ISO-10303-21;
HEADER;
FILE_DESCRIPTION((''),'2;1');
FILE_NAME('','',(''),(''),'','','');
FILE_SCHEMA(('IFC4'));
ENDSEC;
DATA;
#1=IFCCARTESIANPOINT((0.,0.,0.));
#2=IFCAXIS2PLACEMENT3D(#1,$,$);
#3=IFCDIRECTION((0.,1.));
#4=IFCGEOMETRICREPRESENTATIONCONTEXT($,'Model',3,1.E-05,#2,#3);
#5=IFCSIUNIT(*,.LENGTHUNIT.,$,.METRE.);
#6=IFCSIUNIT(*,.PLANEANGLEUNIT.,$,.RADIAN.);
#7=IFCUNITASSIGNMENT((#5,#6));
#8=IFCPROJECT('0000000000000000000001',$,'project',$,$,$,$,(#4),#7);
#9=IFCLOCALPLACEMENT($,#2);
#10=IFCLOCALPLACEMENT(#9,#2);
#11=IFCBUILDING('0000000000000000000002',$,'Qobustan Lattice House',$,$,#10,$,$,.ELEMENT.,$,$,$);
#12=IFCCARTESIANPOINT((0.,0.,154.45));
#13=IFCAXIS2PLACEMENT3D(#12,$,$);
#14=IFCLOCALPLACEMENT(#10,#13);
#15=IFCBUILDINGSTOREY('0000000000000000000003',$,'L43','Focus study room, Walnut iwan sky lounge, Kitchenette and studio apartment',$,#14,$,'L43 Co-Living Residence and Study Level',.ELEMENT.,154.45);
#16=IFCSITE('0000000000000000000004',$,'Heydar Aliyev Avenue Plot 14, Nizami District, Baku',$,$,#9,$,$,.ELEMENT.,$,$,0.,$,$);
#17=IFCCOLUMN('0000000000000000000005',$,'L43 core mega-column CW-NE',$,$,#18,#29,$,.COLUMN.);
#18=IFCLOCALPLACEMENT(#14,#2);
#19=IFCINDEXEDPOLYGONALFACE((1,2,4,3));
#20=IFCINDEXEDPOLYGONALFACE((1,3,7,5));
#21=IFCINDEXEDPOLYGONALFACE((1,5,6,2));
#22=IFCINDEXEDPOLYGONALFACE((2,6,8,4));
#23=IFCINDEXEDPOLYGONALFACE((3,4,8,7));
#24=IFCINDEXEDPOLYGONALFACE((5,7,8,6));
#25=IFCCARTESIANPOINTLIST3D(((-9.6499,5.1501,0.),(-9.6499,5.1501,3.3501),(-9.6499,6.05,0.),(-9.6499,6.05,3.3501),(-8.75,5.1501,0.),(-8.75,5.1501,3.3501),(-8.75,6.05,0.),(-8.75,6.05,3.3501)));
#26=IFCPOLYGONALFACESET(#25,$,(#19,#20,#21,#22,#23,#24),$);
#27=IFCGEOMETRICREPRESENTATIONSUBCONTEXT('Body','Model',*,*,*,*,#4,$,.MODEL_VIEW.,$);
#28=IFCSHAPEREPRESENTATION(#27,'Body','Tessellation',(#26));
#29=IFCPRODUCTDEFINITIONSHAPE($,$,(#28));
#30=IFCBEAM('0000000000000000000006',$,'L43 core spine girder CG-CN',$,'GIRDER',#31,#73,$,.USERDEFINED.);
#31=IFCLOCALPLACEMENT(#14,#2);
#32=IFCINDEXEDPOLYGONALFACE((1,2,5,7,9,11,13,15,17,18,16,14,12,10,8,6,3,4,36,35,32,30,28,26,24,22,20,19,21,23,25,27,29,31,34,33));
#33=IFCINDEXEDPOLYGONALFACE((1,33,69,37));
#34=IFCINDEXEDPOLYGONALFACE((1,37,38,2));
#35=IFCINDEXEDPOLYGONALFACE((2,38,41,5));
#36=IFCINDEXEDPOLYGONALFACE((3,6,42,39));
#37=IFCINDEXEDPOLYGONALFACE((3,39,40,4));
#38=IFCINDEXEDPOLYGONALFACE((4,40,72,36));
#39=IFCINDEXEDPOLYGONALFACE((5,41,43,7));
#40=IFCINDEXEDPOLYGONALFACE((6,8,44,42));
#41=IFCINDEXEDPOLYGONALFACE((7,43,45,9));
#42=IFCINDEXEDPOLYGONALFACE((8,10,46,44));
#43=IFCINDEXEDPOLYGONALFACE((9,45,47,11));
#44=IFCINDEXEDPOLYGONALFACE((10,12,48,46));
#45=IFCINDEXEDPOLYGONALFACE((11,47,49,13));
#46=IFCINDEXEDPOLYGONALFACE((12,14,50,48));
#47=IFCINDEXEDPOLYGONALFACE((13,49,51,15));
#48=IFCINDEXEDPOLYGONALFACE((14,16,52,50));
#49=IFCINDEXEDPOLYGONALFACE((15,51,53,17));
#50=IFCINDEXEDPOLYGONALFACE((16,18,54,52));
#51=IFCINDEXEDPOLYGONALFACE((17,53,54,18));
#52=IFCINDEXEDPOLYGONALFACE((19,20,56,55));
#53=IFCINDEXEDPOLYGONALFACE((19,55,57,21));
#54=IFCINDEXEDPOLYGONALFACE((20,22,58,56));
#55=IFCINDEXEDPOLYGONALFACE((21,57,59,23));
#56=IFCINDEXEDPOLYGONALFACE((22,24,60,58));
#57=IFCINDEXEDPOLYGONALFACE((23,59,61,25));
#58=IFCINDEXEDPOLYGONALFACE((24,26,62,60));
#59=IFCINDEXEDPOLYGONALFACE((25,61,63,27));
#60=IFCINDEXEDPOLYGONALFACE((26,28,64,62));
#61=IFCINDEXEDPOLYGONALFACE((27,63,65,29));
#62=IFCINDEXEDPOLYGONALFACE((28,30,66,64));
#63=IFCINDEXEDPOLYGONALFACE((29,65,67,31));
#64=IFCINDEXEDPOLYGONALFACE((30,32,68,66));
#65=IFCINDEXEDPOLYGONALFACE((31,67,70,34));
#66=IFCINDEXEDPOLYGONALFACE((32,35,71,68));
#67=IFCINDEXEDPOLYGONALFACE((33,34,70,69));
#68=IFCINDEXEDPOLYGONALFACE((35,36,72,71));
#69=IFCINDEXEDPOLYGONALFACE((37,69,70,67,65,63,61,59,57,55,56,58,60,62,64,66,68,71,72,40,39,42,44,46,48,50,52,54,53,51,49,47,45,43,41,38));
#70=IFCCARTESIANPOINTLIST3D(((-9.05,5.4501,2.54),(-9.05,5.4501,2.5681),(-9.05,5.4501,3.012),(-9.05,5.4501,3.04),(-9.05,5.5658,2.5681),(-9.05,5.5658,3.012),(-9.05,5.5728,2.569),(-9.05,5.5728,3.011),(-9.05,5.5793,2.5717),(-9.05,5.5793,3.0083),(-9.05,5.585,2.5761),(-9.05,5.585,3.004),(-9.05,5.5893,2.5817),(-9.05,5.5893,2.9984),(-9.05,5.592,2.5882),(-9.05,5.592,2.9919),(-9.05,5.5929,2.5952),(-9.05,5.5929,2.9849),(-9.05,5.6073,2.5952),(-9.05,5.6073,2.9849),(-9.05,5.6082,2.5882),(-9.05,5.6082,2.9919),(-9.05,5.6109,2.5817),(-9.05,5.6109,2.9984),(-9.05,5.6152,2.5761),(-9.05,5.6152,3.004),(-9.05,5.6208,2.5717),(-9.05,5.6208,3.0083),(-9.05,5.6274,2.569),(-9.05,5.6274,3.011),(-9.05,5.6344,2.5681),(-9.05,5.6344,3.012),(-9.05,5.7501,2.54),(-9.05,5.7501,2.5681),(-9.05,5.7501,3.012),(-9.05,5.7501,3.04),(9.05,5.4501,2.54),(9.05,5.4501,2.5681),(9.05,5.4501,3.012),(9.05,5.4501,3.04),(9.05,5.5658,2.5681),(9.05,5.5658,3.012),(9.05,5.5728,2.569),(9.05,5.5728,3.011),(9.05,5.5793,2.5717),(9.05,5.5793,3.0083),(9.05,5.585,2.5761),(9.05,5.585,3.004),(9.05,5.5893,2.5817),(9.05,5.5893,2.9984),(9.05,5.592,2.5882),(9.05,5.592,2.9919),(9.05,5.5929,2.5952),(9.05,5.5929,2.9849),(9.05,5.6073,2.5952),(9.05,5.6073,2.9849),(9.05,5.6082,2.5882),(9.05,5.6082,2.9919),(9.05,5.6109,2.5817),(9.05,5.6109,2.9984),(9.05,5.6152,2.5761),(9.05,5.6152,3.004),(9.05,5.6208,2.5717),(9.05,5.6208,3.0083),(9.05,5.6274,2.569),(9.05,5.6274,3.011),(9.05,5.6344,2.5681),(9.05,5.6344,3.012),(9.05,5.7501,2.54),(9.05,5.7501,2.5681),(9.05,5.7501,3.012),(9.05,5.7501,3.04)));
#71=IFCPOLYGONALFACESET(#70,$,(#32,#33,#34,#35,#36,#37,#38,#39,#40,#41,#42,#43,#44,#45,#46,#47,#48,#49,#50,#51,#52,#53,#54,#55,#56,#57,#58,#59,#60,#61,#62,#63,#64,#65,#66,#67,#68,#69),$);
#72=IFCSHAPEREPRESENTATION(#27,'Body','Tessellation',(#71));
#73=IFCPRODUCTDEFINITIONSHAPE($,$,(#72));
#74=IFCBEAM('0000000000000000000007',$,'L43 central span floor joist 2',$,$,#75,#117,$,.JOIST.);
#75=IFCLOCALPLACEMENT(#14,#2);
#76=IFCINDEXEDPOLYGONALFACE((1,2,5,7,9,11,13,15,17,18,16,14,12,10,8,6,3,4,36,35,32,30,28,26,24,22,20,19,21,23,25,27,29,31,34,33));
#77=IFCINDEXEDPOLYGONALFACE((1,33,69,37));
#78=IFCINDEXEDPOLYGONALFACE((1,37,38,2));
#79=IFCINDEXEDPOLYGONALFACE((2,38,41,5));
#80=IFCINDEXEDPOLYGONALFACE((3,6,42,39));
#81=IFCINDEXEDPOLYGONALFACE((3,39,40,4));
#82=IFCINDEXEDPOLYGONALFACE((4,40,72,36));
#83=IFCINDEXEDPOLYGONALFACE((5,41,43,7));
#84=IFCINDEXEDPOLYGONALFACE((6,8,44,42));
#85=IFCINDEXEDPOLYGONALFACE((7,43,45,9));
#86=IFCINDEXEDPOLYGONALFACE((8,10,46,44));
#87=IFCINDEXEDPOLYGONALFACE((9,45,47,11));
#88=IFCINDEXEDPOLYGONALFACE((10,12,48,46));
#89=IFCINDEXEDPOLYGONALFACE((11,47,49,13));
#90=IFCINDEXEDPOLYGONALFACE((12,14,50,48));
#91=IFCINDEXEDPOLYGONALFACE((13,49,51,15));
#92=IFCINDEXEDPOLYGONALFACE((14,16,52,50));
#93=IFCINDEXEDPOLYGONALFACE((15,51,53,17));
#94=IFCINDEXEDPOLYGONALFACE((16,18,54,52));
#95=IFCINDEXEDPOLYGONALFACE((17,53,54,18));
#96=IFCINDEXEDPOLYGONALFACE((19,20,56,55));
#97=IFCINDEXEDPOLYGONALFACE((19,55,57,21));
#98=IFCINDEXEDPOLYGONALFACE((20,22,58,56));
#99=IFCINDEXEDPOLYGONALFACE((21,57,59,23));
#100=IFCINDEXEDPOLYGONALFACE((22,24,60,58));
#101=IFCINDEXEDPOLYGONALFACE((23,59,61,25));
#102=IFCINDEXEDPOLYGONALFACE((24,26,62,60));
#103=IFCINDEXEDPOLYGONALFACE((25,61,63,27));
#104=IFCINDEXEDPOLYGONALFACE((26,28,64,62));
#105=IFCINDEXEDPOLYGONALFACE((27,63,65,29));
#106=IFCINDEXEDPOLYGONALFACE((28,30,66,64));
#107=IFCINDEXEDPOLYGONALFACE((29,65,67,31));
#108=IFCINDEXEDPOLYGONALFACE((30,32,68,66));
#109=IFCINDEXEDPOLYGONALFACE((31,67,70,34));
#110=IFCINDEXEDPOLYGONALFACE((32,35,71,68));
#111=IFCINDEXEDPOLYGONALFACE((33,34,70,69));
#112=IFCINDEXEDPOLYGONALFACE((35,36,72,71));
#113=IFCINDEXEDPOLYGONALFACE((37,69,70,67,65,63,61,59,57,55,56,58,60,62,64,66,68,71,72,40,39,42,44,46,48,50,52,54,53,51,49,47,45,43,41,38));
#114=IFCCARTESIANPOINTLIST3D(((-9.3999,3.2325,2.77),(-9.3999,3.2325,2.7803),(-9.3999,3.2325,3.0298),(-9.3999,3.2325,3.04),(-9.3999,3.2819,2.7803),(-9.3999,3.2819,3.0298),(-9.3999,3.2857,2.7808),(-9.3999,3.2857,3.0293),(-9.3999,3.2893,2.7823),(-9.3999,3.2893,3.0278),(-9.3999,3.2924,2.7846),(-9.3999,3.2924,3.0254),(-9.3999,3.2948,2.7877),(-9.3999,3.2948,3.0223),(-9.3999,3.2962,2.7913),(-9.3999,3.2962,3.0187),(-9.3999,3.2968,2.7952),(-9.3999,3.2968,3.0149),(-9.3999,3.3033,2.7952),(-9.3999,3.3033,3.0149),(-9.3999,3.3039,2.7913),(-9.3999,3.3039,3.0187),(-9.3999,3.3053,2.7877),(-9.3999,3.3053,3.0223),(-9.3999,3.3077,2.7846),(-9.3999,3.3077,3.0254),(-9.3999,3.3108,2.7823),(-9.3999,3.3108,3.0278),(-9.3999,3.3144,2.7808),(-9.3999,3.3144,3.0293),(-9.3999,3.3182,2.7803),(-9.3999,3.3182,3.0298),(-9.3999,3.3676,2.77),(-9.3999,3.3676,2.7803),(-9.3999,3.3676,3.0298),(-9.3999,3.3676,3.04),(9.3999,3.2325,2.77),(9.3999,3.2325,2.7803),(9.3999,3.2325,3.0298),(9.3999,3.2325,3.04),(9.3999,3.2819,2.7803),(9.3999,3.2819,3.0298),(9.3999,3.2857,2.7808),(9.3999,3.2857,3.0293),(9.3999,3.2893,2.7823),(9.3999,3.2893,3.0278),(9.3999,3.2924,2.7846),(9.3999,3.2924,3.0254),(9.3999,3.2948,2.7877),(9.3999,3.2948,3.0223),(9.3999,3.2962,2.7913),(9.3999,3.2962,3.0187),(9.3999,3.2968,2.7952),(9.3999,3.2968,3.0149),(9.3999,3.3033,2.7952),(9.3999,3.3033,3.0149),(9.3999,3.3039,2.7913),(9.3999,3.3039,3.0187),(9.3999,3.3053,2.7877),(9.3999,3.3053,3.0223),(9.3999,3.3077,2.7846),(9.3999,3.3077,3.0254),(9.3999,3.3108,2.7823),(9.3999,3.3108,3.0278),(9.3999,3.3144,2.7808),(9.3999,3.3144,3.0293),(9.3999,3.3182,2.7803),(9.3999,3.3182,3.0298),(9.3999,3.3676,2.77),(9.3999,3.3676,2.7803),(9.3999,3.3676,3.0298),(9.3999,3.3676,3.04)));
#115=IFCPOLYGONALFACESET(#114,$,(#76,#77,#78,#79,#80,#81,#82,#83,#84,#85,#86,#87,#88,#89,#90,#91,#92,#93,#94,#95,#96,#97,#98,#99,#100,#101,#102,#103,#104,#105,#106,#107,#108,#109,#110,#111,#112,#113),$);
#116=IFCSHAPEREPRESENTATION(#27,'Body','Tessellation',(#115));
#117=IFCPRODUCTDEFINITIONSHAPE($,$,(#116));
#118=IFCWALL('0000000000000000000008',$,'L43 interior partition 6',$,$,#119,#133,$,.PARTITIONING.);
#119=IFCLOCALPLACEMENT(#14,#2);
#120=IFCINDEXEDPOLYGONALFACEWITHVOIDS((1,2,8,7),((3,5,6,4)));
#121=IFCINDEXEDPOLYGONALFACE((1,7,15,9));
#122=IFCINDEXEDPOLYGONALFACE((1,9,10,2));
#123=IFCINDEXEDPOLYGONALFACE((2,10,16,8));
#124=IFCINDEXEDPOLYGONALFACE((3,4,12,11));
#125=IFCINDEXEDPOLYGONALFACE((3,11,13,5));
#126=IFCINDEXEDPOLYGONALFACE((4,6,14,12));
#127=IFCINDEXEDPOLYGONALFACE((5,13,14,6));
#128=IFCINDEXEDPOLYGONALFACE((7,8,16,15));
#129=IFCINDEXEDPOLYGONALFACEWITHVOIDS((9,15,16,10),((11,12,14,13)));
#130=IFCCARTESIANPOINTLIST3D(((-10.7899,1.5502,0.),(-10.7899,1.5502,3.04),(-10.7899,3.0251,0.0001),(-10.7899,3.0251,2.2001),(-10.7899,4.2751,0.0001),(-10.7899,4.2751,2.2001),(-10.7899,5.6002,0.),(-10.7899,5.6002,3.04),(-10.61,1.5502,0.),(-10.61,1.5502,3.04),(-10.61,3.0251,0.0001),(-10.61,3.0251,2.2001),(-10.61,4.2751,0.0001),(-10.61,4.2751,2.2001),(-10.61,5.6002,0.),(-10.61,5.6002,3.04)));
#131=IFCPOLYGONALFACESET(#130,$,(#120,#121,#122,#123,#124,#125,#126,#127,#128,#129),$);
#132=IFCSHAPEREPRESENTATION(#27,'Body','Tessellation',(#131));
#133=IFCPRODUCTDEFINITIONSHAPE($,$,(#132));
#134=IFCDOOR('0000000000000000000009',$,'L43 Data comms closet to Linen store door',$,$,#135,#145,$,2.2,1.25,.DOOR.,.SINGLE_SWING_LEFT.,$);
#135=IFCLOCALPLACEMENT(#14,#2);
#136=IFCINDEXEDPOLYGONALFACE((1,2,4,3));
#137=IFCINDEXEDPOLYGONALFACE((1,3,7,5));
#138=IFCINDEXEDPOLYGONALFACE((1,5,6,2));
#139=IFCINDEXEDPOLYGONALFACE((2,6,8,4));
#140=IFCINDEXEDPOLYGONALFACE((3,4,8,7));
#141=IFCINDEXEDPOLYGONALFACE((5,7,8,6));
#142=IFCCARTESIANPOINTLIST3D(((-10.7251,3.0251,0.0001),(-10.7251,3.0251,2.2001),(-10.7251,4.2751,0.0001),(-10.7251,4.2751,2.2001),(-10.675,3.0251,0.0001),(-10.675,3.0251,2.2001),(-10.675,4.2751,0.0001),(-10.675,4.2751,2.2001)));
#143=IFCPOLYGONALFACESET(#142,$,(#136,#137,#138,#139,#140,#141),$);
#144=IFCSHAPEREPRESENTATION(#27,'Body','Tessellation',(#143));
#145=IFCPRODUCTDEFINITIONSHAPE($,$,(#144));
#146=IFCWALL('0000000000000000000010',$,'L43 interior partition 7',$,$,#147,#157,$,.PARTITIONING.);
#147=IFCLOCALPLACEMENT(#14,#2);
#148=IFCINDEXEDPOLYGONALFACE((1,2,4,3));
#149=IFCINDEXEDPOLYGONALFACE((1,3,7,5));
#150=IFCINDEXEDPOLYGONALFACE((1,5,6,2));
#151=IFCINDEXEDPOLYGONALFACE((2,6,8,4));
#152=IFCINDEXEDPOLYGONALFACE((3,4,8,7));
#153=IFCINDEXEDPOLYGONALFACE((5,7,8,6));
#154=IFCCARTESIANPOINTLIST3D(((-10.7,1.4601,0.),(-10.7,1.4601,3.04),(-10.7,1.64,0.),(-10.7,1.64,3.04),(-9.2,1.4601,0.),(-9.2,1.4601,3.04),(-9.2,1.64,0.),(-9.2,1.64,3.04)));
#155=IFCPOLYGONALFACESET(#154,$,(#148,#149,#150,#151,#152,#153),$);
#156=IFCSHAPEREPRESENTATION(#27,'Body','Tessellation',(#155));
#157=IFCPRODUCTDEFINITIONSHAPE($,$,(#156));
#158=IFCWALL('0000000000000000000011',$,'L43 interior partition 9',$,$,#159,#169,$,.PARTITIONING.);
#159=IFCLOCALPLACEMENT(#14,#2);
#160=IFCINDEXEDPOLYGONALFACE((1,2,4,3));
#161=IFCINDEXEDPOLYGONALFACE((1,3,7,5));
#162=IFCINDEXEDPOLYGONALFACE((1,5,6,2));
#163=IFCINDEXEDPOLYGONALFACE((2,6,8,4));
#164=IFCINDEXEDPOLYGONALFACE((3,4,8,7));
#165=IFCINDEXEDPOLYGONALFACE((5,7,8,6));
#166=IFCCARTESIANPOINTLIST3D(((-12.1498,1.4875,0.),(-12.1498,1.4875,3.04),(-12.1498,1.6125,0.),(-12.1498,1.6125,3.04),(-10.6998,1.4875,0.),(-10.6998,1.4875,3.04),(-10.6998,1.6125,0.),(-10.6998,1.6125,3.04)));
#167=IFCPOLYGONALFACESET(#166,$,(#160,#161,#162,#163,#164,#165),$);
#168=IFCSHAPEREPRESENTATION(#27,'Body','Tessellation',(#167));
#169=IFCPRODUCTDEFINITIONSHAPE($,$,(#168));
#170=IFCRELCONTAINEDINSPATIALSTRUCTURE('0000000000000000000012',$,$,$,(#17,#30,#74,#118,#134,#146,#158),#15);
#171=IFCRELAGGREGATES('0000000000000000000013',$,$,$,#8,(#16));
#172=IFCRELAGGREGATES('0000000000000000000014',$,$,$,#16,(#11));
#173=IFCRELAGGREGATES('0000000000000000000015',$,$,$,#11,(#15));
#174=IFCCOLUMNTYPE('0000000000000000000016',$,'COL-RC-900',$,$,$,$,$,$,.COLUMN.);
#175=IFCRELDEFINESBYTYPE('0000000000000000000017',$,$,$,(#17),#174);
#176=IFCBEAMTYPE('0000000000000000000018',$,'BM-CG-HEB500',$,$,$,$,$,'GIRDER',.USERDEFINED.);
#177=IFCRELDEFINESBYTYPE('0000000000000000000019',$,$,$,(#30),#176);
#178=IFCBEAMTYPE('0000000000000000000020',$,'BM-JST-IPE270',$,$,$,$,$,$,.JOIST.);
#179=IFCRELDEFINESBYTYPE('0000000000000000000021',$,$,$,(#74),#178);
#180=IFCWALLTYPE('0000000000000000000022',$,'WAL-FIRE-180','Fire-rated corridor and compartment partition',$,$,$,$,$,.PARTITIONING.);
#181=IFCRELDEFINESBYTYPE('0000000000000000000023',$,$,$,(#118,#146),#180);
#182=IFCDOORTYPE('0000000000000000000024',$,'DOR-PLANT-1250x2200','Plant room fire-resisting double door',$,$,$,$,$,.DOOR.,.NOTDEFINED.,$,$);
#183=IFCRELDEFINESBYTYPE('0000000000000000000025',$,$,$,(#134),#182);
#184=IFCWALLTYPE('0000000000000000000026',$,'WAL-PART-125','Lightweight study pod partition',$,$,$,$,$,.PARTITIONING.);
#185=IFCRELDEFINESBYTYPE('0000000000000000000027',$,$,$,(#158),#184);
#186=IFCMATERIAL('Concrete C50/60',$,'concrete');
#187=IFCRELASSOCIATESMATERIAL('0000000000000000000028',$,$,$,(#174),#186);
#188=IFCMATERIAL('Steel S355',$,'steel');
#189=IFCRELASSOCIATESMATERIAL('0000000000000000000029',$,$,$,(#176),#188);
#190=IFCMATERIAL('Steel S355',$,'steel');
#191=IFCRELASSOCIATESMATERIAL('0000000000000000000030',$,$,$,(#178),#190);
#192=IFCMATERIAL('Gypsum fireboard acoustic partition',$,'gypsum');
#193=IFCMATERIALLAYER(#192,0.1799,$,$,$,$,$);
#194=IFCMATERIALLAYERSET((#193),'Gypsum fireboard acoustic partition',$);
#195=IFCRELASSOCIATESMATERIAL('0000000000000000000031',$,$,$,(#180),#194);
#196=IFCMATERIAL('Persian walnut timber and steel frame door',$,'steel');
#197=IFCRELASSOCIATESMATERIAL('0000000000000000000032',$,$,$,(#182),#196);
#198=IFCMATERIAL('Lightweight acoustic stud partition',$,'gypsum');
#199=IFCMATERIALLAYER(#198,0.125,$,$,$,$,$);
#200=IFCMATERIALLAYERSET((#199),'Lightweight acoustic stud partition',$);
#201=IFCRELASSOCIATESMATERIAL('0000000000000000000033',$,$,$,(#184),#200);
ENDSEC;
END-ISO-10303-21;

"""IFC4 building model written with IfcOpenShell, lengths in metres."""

from ifc_helpers import new_model, si_unit, direction, frame, frame_2d, origin, origin_2d, place, context, subcontext, project, spatial, rectangle, i_section, extrude, material, layer, layer_set, material_profile, profile_set, type_object, element, fill, save


model = new_model("IFC4")

# Units and contexts
model_context = context("Model", 3, precision=1e-05, world=origin(), true_north=direction((0.0, 1.0)))
body_context = subcontext(model_context, "Body", "Model", "MODEL_VIEW")
ifc_project = project(units=[si_unit("LENGTHUNIT", "METRE"), si_unit("PLANEANGLEUNIT", "RADIAN")], contexts=[model_context])

# Site, building, storey
site_placement = place(None, origin())
site = spatial("IfcSite", under=ifc_project, at=site_placement, Name="Heydar Aliyev Avenue Plot 14, Nizami District, Baku", CompositionType="ELEMENT", RefElevation=0.0)
building_placement = place(site_placement, origin())
building = spatial("IfcBuilding", under=site, at=building_placement, Name="Qobustan Lattice House", CompositionType="ELEMENT")
storey_placement = place(building_placement, frame((0.0, 0.0, 154.45)))
storey = spatial("IfcBuildingStorey", under=building, at=storey_placement, Name="L43", Description="Focus study room, Walnut iwan sky lounge, Kitchenette and studio apartment", LongName="L43 Co-Living Residence and Study Level", CompositionType="ELEMENT", Elevation=154.45)

# Column
ifc_material_1 = material(Name="Concrete C50/60", Category="concrete")
ifc_material_profile_1 = material_profile(ifc_material_1, rectangle(XDim=0.8999, YDim=0.8999, at=origin_2d()), Name="RC900x900")
ifc_profile_set_1 = profile_set([ifc_material_profile_1], Name="Concrete C50/60")
column_type = type_object("IfcColumnType", Name="COL-RC-900", PredefinedType="COLUMN", material=ifc_profile_set_1)
column_placement = place(storey_placement, frame((-9.2, 5.6001, 0.0), z_axis=(0.0, 0.0, 1.0), x_axis=(1.0, 0.0, 0.0)))
element("IfcColumn", 1, at=column_placement, inside=storey, type_object=column_type, Name="L43 core mega-column CW-NE", PredefinedType="COLUMN", context=body_context, shape_type="SweptSolid", body=[
    extrude(rectangle(XDim=0.8999, YDim=0.8999, at=origin_2d()), origin(), (0.0, 0.0, 1.0), 3.3501),
])

# Beams
ifc_material_2 = material(Name="Steel S355", Category="steel")
ifc_material_profile_2 = material_profile(ifc_material_2, i_section(OverallWidth=0.3, OverallDepth=0.5, WebThickness=0.0144, FlangeThickness=0.0281, FilletRadius=0.0271, at=origin_2d()), Name="HEB500")
ifc_profile_set_2 = profile_set([ifc_material_profile_2], Name="Steel S355")
beam_type_1 = type_object("IfcBeamType", Name="BM-CG-HEB500", ElementType="GIRDER", PredefinedType="USERDEFINED", material=ifc_profile_set_2)
beam_1_placement = place(storey_placement, frame((-9.05, 5.6001, 2.79), z_axis=(1.0, 0.0, 0.0), x_axis=(0.0, 1.0, 0.0)))
element("IfcBeam", 2, at=beam_1_placement, inside=storey, type_object=beam_type_1, Name="L43 core spine girder CG-CN", ObjectType="GIRDER", PredefinedType="USERDEFINED", context=body_context, shape_type="SweptSolid", body=[
    extrude(i_section(OverallWidth=0.3, OverallDepth=0.5, WebThickness=0.0144, FlangeThickness=0.0281, FilletRadius=0.0271, at=origin_2d()), origin(), (0.0, 0.0, 1.0), 18.1001),
])
ifc_material_3 = material(Name="Steel S355", Category="steel")
ifc_material_profile_3 = material_profile(ifc_material_3, i_section(OverallWidth=0.135, OverallDepth=0.27, WebThickness=0.0066, FlangeThickness=0.0103, FilletRadius=0.0149, at=origin_2d()), Name="IPE270")
ifc_profile_set_3 = profile_set([ifc_material_profile_3], Name="Steel S355")
beam_type_2 = type_object("IfcBeamType", Name="BM-JST-IPE270", PredefinedType="JOIST", material=ifc_profile_set_3)
beam_2_placement = place(storey_placement, frame((-9.3999, 3.3, 2.905), z_axis=(1.0, 0.0, 0.0), x_axis=(0.0, 1.0, 0.0)))
element("IfcBeam", 3, at=beam_2_placement, inside=storey, type_object=beam_type_2, Name="L43 central span floor joist 2", PredefinedType="JOIST", context=body_context, shape_type="SweptSolid", body=[
    extrude(i_section(OverallWidth=0.135, OverallDepth=0.27, WebThickness=0.0066, FlangeThickness=0.0103, FilletRadius=0.0149, at=origin_2d()), origin(), (0.0, 0.0, 1.0), 18.7998),
])

# Wall, opening, door
ifc_material_4 = material(Name="Gypsum fireboard acoustic partition", Category="gypsum")
ifc_layer_1 = layer(ifc_material_4, 0.1799)
ifc_layer_set_1 = layer_set([ifc_layer_1], Name="Gypsum fireboard acoustic partition")
wall_type_1 = type_object("IfcWallType", Name="WAL-FIRE-180", Description="Fire-rated corridor and compartment partition", PredefinedType="PARTITIONING", material=ifc_layer_set_1)
wall_1_placement = place(storey_placement, frame((-10.7, 5.6001, 0.0), z_axis=(0.0, 0.0, 1.0), x_axis=(0.0, -1.0, 0.0)))
wall_1 = element("IfcWall", 4, at=wall_1_placement, inside=storey, type_object=wall_type_1, Name="L43 interior partition 6", PredefinedType="PARTITIONING", context=body_context, shape_type="SweptSolid", body=[
    extrude(rectangle(XDim=4.05, YDim=0.1799, at=frame_2d((2.0249, 0.0))), origin(), (0.0, 0.0, 1.0), 3.04),
])
opening_1_placement = place(wall_1_placement, frame((1.325, 0.0, 0.0)))
opening_1 = element("IfcOpeningElement", 5, at=opening_1_placement, cuts=wall_1, PredefinedType="OPENING", context=body_context, shape_type="SweptSolid", body=[
    extrude(rectangle(XDim=1.25, YDim=2.2, at=frame_2d((0.625, 1.1001))), frame((0.0, 0.0999, 0.0), z_axis=(0.0, -1.0, 0.0), x_axis=(1.0, 0.0, 0.0)), (0.0, 0.0, 1.0), 0.2),
])
ifc_material_5 = material(Name="Persian walnut timber and steel frame door", Category="steel")
door_type_1 = type_object("IfcDoorType", Name="DOR-PLANT-1250x2200", Description="Plant room fire-resisting double door", OperationType="NOTDEFINED", PredefinedType="DOOR", material=ifc_material_5)
door_1_placement = place(opening_1_placement, origin())
door_1 = element("IfcDoor", 6, at=door_1_placement, inside=storey, type_object=door_type_1, Name="L43 Data comms closet to Linen store door", OperationType="SINGLE_SWING_LEFT", OverallHeight=2.2, OverallWidth=1.25, PredefinedType="DOOR", context=body_context, shape_type="SweptSolid", body=[
    extrude(rectangle(XDim=1.25, YDim=2.2, at=frame_2d((0.625, 1.1001))), frame((0.0, 0.0249, 0.0), z_axis=(0.0, -1.0, 0.0), x_axis=(1.0, 0.0, 0.0)), (0.0, 0.0, 1.0), 0.05),
])
fill(opening_1, door_1)

# Walls
wall_2_placement = place(storey_placement, frame((-10.7, 1.55, 0.0), z_axis=(0.0, 0.0, 1.0), x_axis=(1.0, 0.0, 0.0)))
element("IfcWall", 7, at=wall_2_placement, inside=storey, type_object=wall_type_1, Name="L43 interior partition 7", PredefinedType="PARTITIONING", context=body_context, shape_type="SweptSolid", body=[
    extrude(rectangle(XDim=1.5, YDim=0.1799, at=frame_2d((0.75, 0.0))), origin(), (0.0, 0.0, 1.0), 3.04),
])
ifc_material_6 = material(Name="Lightweight acoustic stud partition", Category="gypsum")
ifc_layer_2 = layer(ifc_material_6, 0.125)
ifc_layer_set_2 = layer_set([ifc_layer_2], Name="Lightweight acoustic stud partition")
wall_type_2 = type_object("IfcWallType", Name="WAL-PART-125", Description="Lightweight study pod partition", PredefinedType="PARTITIONING", material=ifc_layer_set_2)
wall_3_placement = place(storey_placement, frame((-12.1499, 1.55, 0.0), z_axis=(0.0, 0.0, 1.0), x_axis=(1.0, 0.0, 0.0)))
element("IfcWall", 8, at=wall_3_placement, inside=storey, type_object=wall_type_2, Name="L43 interior partition 9", PredefinedType="PARTITIONING", context=body_context, shape_type="SweptSolid", body=[
    extrude(rectangle(XDim=1.45, YDim=0.125, at=frame_2d((0.7251, 0.0))), origin(), (0.0, 0.0, 1.0), 3.04),
])

save(model, "model.ifc")
